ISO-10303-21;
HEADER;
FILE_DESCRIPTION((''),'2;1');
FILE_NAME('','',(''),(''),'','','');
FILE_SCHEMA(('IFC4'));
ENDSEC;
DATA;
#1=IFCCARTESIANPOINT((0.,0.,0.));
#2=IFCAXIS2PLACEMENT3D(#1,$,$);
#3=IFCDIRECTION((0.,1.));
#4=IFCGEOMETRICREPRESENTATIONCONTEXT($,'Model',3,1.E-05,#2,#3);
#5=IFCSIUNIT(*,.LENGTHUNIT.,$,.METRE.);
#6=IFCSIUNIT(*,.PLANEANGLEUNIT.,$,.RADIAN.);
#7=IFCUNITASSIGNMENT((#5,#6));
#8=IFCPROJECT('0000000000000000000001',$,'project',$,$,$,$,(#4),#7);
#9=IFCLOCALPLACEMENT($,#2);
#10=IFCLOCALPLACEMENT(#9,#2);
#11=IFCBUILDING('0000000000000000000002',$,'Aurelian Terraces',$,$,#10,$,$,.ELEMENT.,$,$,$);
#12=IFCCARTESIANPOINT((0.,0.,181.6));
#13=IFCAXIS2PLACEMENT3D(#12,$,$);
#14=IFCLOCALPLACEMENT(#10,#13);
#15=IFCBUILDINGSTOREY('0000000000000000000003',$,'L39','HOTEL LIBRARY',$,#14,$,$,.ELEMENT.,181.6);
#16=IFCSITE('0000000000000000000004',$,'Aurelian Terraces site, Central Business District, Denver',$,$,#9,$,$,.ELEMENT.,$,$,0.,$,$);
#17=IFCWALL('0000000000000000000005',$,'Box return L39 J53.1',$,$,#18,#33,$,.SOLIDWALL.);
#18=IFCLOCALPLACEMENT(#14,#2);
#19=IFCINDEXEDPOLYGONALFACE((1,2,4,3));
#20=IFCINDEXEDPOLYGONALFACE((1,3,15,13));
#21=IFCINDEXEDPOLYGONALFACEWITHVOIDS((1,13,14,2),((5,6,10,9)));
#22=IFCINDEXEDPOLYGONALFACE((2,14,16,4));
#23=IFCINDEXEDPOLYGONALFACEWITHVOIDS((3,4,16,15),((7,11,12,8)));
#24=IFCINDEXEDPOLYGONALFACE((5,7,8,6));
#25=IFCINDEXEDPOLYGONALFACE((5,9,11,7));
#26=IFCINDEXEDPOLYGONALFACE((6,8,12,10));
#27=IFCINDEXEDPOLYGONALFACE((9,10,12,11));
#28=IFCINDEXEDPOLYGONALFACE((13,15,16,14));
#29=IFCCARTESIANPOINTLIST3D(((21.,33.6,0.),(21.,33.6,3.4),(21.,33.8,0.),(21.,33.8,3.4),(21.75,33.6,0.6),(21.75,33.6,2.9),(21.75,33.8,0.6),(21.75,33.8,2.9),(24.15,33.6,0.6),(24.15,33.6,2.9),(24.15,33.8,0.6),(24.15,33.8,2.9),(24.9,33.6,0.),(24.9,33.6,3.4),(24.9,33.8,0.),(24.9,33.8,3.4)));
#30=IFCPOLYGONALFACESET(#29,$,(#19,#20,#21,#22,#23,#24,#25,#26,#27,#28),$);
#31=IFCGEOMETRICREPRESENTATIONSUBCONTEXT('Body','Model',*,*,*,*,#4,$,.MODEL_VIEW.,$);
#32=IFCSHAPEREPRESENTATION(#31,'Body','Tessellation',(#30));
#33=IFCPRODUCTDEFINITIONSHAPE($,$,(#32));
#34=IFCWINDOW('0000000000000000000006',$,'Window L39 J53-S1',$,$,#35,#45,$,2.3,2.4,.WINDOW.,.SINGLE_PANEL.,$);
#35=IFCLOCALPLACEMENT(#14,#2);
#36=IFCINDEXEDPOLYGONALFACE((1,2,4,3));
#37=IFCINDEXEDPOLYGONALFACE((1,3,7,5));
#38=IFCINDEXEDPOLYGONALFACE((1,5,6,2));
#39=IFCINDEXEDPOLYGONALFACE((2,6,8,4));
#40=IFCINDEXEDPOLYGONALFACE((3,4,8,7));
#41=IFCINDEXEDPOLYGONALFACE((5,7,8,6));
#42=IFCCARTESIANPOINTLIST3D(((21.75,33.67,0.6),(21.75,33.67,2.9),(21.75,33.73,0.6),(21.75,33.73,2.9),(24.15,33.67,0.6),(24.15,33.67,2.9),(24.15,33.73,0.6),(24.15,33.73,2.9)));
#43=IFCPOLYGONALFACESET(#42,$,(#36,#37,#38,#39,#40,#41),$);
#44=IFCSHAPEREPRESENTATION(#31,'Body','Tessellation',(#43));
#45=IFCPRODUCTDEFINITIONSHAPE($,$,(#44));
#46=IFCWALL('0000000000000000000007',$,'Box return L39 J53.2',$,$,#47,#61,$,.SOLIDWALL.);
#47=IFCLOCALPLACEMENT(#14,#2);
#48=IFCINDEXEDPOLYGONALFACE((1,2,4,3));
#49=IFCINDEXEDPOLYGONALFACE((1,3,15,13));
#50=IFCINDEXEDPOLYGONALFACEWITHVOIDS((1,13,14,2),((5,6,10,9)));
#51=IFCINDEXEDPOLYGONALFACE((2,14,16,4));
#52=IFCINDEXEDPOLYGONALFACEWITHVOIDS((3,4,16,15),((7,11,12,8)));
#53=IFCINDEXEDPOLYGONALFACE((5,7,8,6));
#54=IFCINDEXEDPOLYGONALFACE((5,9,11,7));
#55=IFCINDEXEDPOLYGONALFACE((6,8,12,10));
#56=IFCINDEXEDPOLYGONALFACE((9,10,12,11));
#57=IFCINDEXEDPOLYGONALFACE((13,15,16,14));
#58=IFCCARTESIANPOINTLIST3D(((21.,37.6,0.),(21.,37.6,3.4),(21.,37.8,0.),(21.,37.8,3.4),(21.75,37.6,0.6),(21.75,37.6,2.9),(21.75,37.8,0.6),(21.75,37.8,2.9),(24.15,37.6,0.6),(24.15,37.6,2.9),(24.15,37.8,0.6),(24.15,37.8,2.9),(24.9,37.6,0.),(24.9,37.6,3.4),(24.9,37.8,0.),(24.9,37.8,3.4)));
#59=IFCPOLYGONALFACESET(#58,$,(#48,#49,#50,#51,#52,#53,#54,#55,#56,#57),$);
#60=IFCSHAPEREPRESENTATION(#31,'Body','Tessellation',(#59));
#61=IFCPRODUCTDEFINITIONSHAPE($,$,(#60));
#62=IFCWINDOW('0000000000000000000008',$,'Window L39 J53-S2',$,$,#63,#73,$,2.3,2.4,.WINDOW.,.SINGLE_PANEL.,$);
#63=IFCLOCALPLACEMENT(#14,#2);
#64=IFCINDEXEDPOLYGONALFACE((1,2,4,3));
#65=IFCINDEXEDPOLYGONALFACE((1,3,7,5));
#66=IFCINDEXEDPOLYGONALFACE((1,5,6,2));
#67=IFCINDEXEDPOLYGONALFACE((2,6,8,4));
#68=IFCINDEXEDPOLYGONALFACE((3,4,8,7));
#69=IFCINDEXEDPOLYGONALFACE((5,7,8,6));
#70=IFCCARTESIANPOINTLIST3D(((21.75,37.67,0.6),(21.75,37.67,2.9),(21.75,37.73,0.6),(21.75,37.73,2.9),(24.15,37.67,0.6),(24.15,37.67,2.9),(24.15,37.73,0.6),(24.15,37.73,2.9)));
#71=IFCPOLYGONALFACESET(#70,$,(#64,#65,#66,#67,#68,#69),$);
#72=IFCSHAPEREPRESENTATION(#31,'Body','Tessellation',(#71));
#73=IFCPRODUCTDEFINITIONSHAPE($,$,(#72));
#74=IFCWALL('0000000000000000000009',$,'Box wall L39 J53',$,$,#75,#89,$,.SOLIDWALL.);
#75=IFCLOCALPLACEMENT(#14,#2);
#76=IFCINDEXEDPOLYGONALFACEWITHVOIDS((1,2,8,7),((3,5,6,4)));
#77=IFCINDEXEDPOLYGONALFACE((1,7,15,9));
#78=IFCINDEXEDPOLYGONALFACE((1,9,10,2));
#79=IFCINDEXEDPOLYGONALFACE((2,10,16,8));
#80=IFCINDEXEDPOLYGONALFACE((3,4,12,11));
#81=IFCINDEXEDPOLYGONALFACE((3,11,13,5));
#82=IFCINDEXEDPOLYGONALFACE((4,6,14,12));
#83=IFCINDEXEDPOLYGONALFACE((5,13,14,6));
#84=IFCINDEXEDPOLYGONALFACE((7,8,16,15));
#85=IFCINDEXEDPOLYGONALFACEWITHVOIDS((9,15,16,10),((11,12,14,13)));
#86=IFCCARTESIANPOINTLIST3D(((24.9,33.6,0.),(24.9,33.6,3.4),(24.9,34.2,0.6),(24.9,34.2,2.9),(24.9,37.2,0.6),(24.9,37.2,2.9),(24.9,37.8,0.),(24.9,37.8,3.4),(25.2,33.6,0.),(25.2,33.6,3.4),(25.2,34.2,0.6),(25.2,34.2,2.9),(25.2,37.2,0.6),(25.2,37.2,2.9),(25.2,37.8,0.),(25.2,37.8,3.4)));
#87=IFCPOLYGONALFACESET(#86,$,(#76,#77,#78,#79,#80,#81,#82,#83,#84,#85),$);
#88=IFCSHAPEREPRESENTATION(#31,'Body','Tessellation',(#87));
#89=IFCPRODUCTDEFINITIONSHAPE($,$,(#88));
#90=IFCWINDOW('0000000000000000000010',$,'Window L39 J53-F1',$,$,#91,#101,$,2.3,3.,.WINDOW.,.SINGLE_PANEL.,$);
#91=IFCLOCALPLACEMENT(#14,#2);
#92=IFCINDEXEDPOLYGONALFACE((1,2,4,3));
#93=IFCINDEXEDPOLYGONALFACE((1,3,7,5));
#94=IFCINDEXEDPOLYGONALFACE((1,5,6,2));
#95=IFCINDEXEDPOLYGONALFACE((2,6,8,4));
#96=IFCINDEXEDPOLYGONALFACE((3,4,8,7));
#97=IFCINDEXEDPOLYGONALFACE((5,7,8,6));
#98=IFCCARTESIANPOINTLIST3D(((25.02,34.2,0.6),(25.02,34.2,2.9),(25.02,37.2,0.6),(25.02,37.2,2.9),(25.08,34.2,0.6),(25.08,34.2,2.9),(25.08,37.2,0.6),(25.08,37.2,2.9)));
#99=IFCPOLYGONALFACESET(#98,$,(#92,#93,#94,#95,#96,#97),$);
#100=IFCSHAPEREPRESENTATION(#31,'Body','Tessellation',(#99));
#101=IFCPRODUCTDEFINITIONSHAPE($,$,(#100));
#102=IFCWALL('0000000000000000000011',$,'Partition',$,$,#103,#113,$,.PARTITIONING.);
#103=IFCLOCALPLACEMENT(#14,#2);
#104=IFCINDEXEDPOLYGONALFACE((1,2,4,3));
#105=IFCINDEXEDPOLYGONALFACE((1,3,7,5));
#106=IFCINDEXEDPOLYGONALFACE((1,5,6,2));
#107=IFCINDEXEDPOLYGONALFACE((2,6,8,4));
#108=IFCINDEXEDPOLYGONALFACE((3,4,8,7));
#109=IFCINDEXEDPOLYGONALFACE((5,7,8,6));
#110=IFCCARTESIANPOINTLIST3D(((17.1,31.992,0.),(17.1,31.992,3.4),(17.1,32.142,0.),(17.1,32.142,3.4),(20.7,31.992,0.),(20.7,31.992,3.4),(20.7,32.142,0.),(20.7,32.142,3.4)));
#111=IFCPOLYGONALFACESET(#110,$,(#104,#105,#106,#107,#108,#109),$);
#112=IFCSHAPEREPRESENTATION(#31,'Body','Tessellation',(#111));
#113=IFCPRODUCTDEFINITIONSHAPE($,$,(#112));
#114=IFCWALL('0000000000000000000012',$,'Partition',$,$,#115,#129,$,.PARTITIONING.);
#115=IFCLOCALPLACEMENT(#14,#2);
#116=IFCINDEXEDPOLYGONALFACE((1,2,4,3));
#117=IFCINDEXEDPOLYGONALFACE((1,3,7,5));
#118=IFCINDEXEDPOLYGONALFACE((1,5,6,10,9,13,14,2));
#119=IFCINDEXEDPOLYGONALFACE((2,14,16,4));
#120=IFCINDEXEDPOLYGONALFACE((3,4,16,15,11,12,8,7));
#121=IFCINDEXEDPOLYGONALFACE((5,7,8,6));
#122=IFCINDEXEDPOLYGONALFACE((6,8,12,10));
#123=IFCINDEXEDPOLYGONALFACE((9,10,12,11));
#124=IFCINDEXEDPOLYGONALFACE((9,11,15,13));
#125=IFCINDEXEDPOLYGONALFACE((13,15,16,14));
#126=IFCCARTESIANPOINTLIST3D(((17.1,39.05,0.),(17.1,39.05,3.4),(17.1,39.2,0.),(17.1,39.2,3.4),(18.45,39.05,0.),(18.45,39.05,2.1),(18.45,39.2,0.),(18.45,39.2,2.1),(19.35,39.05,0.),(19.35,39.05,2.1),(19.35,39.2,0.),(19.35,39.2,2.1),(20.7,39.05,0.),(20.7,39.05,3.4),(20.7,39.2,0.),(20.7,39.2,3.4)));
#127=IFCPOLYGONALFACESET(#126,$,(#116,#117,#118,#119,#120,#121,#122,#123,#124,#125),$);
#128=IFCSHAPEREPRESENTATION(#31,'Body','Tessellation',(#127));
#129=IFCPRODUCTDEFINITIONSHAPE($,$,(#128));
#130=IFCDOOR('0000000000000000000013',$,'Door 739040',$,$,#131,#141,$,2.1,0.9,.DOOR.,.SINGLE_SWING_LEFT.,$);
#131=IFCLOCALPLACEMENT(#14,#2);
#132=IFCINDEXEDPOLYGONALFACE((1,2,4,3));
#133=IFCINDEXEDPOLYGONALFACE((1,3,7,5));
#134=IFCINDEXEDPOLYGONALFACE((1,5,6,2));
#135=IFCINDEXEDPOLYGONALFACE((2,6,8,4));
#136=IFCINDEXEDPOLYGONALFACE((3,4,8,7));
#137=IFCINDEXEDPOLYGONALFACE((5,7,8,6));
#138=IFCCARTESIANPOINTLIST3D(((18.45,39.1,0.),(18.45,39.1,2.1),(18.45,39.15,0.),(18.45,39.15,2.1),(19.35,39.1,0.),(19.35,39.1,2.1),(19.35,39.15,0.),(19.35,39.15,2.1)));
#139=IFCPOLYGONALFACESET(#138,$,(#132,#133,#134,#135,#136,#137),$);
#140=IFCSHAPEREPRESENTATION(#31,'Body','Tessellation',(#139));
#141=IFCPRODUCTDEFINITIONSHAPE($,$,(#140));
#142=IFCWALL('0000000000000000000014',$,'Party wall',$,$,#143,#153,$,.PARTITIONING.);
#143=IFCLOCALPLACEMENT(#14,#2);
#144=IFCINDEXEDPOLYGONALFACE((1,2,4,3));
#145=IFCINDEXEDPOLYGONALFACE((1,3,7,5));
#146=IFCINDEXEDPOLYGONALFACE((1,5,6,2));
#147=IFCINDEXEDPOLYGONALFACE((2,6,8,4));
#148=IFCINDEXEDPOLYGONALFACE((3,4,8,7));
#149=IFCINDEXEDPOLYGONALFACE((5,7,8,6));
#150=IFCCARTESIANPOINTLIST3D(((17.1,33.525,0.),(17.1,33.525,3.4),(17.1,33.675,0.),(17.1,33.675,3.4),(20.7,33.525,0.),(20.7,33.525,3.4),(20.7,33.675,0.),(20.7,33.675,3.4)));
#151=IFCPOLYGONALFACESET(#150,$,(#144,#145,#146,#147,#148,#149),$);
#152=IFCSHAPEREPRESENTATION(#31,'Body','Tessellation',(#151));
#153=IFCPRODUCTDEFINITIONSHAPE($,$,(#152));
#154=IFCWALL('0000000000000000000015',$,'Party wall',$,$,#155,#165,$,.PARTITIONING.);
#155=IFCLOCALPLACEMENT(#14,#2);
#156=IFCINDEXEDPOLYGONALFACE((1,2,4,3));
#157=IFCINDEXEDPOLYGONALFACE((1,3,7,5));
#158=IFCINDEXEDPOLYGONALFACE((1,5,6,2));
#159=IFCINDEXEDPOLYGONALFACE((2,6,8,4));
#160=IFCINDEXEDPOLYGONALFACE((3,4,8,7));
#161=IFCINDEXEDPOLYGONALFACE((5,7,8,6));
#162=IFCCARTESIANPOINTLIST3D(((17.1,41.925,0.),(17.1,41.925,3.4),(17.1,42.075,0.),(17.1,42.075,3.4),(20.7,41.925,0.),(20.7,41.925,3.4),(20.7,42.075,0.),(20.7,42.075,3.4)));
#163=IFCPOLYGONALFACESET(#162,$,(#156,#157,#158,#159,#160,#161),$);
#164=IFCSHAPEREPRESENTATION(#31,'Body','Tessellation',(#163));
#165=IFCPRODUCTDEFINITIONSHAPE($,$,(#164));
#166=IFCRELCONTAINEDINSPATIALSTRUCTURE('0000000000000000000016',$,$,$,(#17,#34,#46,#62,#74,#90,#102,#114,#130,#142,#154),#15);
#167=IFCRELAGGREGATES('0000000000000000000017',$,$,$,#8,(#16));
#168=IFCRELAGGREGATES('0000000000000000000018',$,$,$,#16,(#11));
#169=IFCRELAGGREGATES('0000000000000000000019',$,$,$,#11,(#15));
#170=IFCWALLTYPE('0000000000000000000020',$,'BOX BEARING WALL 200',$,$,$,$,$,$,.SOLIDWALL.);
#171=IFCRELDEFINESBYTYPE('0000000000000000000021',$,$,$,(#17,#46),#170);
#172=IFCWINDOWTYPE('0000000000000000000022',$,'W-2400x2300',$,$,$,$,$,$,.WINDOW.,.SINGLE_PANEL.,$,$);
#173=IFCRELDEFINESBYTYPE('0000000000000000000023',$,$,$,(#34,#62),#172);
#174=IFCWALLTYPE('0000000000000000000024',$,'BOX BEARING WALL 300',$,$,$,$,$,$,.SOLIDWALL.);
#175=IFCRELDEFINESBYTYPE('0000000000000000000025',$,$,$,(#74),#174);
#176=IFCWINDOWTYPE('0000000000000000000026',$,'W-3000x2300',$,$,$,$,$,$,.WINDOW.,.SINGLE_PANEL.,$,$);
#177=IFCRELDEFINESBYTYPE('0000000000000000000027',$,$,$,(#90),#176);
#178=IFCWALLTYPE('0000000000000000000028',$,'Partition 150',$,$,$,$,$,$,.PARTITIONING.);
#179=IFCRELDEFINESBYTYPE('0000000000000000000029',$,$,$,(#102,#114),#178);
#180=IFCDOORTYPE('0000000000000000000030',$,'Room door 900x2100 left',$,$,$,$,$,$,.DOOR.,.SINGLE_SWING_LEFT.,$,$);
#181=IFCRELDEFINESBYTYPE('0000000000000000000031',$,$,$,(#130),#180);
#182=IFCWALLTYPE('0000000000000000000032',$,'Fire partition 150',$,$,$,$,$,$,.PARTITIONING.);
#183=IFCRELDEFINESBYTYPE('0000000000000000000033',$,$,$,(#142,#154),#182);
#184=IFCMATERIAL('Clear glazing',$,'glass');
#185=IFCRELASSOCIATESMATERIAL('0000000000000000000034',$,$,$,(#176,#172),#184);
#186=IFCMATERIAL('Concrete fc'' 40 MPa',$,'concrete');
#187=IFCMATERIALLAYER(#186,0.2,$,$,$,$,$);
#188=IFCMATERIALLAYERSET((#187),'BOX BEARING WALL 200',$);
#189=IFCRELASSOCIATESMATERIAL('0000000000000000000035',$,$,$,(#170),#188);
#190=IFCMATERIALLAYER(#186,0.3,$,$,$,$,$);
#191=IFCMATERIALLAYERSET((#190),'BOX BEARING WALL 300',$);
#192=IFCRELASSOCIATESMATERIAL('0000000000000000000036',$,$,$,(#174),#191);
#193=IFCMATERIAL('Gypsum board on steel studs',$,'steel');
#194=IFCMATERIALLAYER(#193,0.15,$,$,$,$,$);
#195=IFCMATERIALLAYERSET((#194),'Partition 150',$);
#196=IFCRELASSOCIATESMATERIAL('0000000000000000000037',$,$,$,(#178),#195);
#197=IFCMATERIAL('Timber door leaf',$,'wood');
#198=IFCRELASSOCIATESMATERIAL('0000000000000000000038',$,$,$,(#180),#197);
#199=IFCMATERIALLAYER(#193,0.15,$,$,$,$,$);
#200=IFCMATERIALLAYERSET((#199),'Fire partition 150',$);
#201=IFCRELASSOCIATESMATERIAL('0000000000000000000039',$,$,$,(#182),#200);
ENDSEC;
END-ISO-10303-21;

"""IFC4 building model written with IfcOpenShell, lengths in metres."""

from ifc_helpers import new_model, si_unit, direction, frame, frame_2d, origin, place, context, subcontext, project, spatial, rectangle, extrude, source, transform, mapped, material, layer, layer_set, type_object, element, fill, save


model = new_model("IFC4")

# Units and contexts
model_context = context("Model", 3, precision=1e-05, world=origin(), true_north=direction((0.0, 1.0)))
body_context = subcontext(model_context, "Body", "Model", "MODEL_VIEW")
ifc_project = project(units=[si_unit("LENGTHUNIT", "METRE"), si_unit("PLANEANGLEUNIT", "RADIAN")], contexts=[model_context])

# Site, building, storey
site_placement = place(None, origin())
site = spatial("IfcSite", under=ifc_project, at=site_placement, Name="Aurelian Terraces site, Central Business District, Denver", CompositionType="ELEMENT", RefElevation=0.0)
building_placement = place(site_placement, origin())
building = spatial("IfcBuilding", under=site, at=building_placement, Name="Aurelian Terraces", CompositionType="ELEMENT")
storey_placement = place(building_placement, frame((0.0, 0.0, 181.6)))
storey = spatial("IfcBuildingStorey", under=building, at=storey_placement, Name="L39", Description="HOTEL LIBRARY", CompositionType="ELEMENT", Elevation=181.6)

# Shared definitions
shared_shape_1 = source(origin(), body_context, "Body", "SweptSolid", [
    extrude(rectangle(XDim=3.0, YDim=2.3, at=frame_2d((1.5, 1.15))), frame((0.0, 0.16, 0.0), z_axis=(0.0, -1.0, 0.0), x_axis=(1.0, 0.0, 0.0)), (0.0, 0.0, 1.0), 0.32),
])
ifc_material_1 = material(Name="Clear glazing", Category="glass")
window_type_1 = type_object("IfcWindowType", Name="W-3000x2300", PartitioningType="SINGLE_PANEL", PredefinedType="WINDOW", material=ifc_material_1)
shared_shape_2 = source(origin(), body_context, "Body", "SweptSolid", [
    extrude(rectangle(XDim=3.0, YDim=2.3, at=frame_2d((1.5, 1.15))), frame((0.0, 0.03, 0.0), z_axis=(0.0, -1.0, 0.0), x_axis=(1.0, 0.0, 0.0)), (0.0, 0.0, 1.0), 0.06),
])

# Walls, openings, windows
ifc_material_2 = material(Name="Concrete fc' 40 MPa", Category="concrete")
ifc_layer_1 = layer(ifc_material_2, 0.2)
ifc_layer_set_1 = layer_set([ifc_layer_1], Name="BOX BEARING WALL 200")
wall_type_1 = type_object("IfcWallType", Name="BOX BEARING WALL 200", PredefinedType="SOLIDWALL", material=ifc_layer_set_1)
shared_shape_3 = source(origin(), body_context, "Body", "SweptSolid", [
    extrude(rectangle(XDim=3.9, YDim=0.2, at=frame_2d((1.95, 0.0))), origin(), (0.0, 0.0, 1.0), 3.4),
])
wall_1_placement = place(storey_placement, frame((21.0, 33.7, 0.0), z_axis=(0.0, 0.0, 1.0), x_axis=(1.0, 0.0, 0.0)))
wall_1 = element("IfcWall", 1, at=wall_1_placement, inside=storey, type_object=wall_type_1, Name="Box return L39 J53.1", PredefinedType="SOLIDWALL", context=body_context, shape_type="MappedRepresentation", body=[
    mapped(shared_shape_3, transform((0.0, 0.0, 0.0), scale=1.0)),
])
shared_shape_4 = source(origin(), body_context, "Body", "SweptSolid", [
    extrude(rectangle(XDim=2.4, YDim=2.3, at=frame_2d((1.2, 1.15))), frame((0.0, 0.11, 0.0), z_axis=(0.0, -1.0, 0.0), x_axis=(1.0, 0.0, 0.0)), (0.0, 0.0, 1.0), 0.22),
])
opening_1_placement = place(wall_1_placement, frame((0.75, 0.0, 0.6)))
opening_1 = element("IfcOpeningElement", 2, at=opening_1_placement, cuts=wall_1, PredefinedType="OPENING", context=body_context, shape_type="MappedRepresentation", body=[
    mapped(shared_shape_4, transform((0.0, 0.0, 0.0), scale=1.0)),
])
window_type_2 = type_object("IfcWindowType", Name="W-2400x2300", PartitioningType="SINGLE_PANEL", PredefinedType="WINDOW", material=ifc_material_1)
shared_shape_5 = source(origin(), body_context, "Body", "SweptSolid", [
    extrude(rectangle(XDim=2.4, YDim=2.3, at=frame_2d((1.2, 1.15))), frame((0.0, 0.03, 0.0), z_axis=(0.0, -1.0, 0.0), x_axis=(1.0, 0.0, 0.0)), (0.0, 0.0, 1.0), 0.06),
])
window_1_placement = place(opening_1_placement, origin())
window_1 = element("IfcWindow", 3, at=window_1_placement, inside=storey, type_object=window_type_2, Name="Window L39 J53-S1", OverallHeight=2.3, OverallWidth=2.4, PartitioningType="SINGLE_PANEL", PredefinedType="WINDOW", context=body_context, shape_type="MappedRepresentation", body=[
    mapped(shared_shape_5, transform((0.0, 0.0, 0.0), scale=1.0)),
])
fill(opening_1, window_1)
wall_2_placement = place(storey_placement, frame((21.0, 37.7, 0.0), z_axis=(0.0, 0.0, 1.0), x_axis=(1.0, 0.0, 0.0)))
wall_2 = element("IfcWall", 4, at=wall_2_placement, inside=storey, type_object=wall_type_1, Name="Box return L39 J53.2", PredefinedType="SOLIDWALL", context=body_context, shape_type="MappedRepresentation", body=[
    mapped(shared_shape_3, transform((0.0, 0.0, 0.0), scale=1.0)),
])
opening_2_placement = place(wall_2_placement, frame((0.75, 0.0, 0.6)))
opening_2 = element("IfcOpeningElement", 5, at=opening_2_placement, cuts=wall_2, PredefinedType="OPENING", context=body_context, shape_type="MappedRepresentation", body=[
    mapped(shared_shape_4, transform((0.0, 0.0, 0.0), scale=1.0)),
])
window_2_placement = place(opening_2_placement, origin())
window_2 = element("IfcWindow", 6, at=window_2_placement, inside=storey, type_object=window_type_2, Name="Window L39 J53-S2", OverallHeight=2.3, OverallWidth=2.4, PartitioningType="SINGLE_PANEL", PredefinedType="WINDOW", context=body_context, shape_type="MappedRepresentation", body=[
    mapped(shared_shape_5, transform((0.0, 0.0, 0.0), scale=1.0)),
])
fill(opening_2, window_2)
ifc_layer_2 = layer(ifc_material_2, 0.3)
ifc_layer_set_2 = layer_set([ifc_layer_2], Name="BOX BEARING WALL 300")
wall_type_2 = type_object("IfcWallType", Name="BOX BEARING WALL 300", PredefinedType="SOLIDWALL", material=ifc_layer_set_2)
shared_shape_6 = source(origin(), body_context, "Body", "SweptSolid", [
    extrude(rectangle(XDim=4.2, YDim=0.3, at=frame_2d((2.1, 0.0))), origin(), (0.0, 0.0, 1.0), 3.4),
])
wall_3_placement = place(storey_placement, frame((25.05, 33.6, 0.0), z_axis=(0.0, 0.0, 1.0), x_axis=(0.0, 1.0, 0.0)))
wall_3 = element("IfcWall", 7, at=wall_3_placement, inside=storey, type_object=wall_type_2, Name="Box wall L39 J53", PredefinedType="SOLIDWALL", context=body_context, shape_type="MappedRepresentation", body=[
    mapped(shared_shape_6, transform((0.0, 0.0, 0.0), scale=1.0)),
])
opening_3_placement = place(wall_3_placement, frame((0.6, 0.0, 0.6)))
opening_3 = element("IfcOpeningElement", 8, at=opening_3_placement, cuts=wall_3, PredefinedType="OPENING", context=body_context, shape_type="MappedRepresentation", body=[
    mapped(shared_shape_1, transform((0.0, 0.0, 0.0), scale=1.0)),
])
window_3_placement = place(opening_3_placement, origin())
window_3 = element("IfcWindow", 9, at=window_3_placement, inside=storey, type_object=window_type_1, Name="Window L39 J53-F1", OverallHeight=2.3, OverallWidth=3.0, PartitioningType="SINGLE_PANEL", PredefinedType="WINDOW", context=body_context, shape_type="MappedRepresentation", body=[
    mapped(shared_shape_2, transform((0.0, 0.0, 0.0), scale=1.0)),
])
fill(opening_3, window_3)

# Wall
ifc_material_3 = material(Name="Gypsum board on steel studs", Category="steel")
ifc_layer_3 = layer(ifc_material_3, 0.15)
ifc_layer_set_3 = layer_set([ifc_layer_3], Name="Partition 150")
wall_type_3 = type_object("IfcWallType", Name="Partition 150", PredefinedType="PARTITIONING", material=ifc_layer_set_3)
shared_shape_7 = source(origin(), body_context, "Body", "SweptSolid", [
    extrude(rectangle(XDim=3.6, YDim=0.15, at=frame_2d((1.8, 0.0))), origin(), (0.0, 0.0, 1.0), 3.4),
])
wall_4_placement = place(storey_placement, frame((17.1, 32.067, 0.0), z_axis=(0.0, 0.0, 1.0), x_axis=(1.0, 0.0, 0.0)))
element("IfcWall", 10, at=wall_4_placement, inside=storey, type_object=wall_type_3, Name="Partition", PredefinedType="PARTITIONING", context=body_context, shape_type="MappedRepresentation", body=[
    mapped(shared_shape_7, transform((0.0, 0.0, 0.0), scale=1.0)),
])

# Wall, opening, door
wall_5_placement = place(storey_placement, frame((17.1, 39.125, 0.0), z_axis=(0.0, 0.0, 1.0), x_axis=(1.0, 0.0, 0.0)))
wall_5 = element("IfcWall", 11, at=wall_5_placement, inside=storey, type_object=wall_type_3, Name="Partition", PredefinedType="PARTITIONING", context=body_context, shape_type="MappedRepresentation", body=[
    mapped(shared_shape_7, transform((0.0, 0.0, 0.0), scale=1.0)),
])
shared_shape_8 = source(origin(), body_context, "Body", "SweptSolid", [
    extrude(rectangle(XDim=0.9, YDim=2.1, at=frame_2d((0.45, 1.05))), frame((0.0, 0.085, 0.0), z_axis=(0.0, -1.0, 0.0), x_axis=(1.0, 0.0, 0.0)), (0.0, 0.0, 1.0), 0.17),
])
opening_4_placement = place(wall_5_placement, frame((1.35, 0.0, 0.0)))
opening_4 = element("IfcOpeningElement", 12, at=opening_4_placement, cuts=wall_5, PredefinedType="OPENING", context=body_context, shape_type="MappedRepresentation", body=[
    mapped(shared_shape_8, transform((0.0, 0.0, 0.0), scale=1.0)),
])
ifc_material_4 = material(Name="Timber door leaf", Category="wood")
door_type_1 = type_object("IfcDoorType", Name="Room door 900x2100 left", OperationType="SINGLE_SWING_LEFT", PredefinedType="DOOR", material=ifc_material_4)
shared_shape_9 = source(origin(), body_context, "Body", "SweptSolid", [
    extrude(rectangle(XDim=0.9, YDim=2.1, at=frame_2d((0.45, 1.05))), frame((0.0, 0.025, 0.0), z_axis=(0.0, -1.0, 0.0), x_axis=(1.0, 0.0, 0.0)), (0.0, 0.0, 1.0), 0.05),
])
door_1_placement = place(opening_4_placement, origin())
door_1 = element("IfcDoor", 13, at=door_1_placement, inside=storey, type_object=door_type_1, Name="Door 739040", OperationType="SINGLE_SWING_LEFT", OverallHeight=2.1, OverallWidth=0.9, PredefinedType="DOOR", context=body_context, shape_type="MappedRepresentation", body=[
    mapped(shared_shape_9, transform((0.0, 0.0, 0.0), scale=1.0)),
])
fill(opening_4, door_1)

# Walls
ifc_layer_4 = layer(ifc_material_3, 0.15)
ifc_layer_set_4 = layer_set([ifc_layer_4], Name="Fire partition 150")
wall_type_4 = type_object("IfcWallType", Name="Fire partition 150", PredefinedType="PARTITIONING", material=ifc_layer_set_4)
for number, where, z_axis, x_axis, name in (
    (14, (20.7, 33.6, 0.0), (0.0, 0.0, 1.0), (-1.0, 0.0, 0.0), "Party wall"),
    (15, (20.7, 42.0, 0.0), (0.0, 0.0, 1.0), (-1.0, 0.0, 0.0), "Party wall"),
):
    element("IfcWall", number, at=place(storey_placement, frame(where, z_axis=z_axis, x_axis=x_axis)), inside=storey, type_object=wall_type_4, Name=name, PredefinedType="PARTITIONING", context=body_context, shape_type="MappedRepresentation", body=[
        mapped(shared_shape_7, transform((0.0, 0.0, 0.0), scale=1.0)),
    ])

save(model, "model.ifc")
